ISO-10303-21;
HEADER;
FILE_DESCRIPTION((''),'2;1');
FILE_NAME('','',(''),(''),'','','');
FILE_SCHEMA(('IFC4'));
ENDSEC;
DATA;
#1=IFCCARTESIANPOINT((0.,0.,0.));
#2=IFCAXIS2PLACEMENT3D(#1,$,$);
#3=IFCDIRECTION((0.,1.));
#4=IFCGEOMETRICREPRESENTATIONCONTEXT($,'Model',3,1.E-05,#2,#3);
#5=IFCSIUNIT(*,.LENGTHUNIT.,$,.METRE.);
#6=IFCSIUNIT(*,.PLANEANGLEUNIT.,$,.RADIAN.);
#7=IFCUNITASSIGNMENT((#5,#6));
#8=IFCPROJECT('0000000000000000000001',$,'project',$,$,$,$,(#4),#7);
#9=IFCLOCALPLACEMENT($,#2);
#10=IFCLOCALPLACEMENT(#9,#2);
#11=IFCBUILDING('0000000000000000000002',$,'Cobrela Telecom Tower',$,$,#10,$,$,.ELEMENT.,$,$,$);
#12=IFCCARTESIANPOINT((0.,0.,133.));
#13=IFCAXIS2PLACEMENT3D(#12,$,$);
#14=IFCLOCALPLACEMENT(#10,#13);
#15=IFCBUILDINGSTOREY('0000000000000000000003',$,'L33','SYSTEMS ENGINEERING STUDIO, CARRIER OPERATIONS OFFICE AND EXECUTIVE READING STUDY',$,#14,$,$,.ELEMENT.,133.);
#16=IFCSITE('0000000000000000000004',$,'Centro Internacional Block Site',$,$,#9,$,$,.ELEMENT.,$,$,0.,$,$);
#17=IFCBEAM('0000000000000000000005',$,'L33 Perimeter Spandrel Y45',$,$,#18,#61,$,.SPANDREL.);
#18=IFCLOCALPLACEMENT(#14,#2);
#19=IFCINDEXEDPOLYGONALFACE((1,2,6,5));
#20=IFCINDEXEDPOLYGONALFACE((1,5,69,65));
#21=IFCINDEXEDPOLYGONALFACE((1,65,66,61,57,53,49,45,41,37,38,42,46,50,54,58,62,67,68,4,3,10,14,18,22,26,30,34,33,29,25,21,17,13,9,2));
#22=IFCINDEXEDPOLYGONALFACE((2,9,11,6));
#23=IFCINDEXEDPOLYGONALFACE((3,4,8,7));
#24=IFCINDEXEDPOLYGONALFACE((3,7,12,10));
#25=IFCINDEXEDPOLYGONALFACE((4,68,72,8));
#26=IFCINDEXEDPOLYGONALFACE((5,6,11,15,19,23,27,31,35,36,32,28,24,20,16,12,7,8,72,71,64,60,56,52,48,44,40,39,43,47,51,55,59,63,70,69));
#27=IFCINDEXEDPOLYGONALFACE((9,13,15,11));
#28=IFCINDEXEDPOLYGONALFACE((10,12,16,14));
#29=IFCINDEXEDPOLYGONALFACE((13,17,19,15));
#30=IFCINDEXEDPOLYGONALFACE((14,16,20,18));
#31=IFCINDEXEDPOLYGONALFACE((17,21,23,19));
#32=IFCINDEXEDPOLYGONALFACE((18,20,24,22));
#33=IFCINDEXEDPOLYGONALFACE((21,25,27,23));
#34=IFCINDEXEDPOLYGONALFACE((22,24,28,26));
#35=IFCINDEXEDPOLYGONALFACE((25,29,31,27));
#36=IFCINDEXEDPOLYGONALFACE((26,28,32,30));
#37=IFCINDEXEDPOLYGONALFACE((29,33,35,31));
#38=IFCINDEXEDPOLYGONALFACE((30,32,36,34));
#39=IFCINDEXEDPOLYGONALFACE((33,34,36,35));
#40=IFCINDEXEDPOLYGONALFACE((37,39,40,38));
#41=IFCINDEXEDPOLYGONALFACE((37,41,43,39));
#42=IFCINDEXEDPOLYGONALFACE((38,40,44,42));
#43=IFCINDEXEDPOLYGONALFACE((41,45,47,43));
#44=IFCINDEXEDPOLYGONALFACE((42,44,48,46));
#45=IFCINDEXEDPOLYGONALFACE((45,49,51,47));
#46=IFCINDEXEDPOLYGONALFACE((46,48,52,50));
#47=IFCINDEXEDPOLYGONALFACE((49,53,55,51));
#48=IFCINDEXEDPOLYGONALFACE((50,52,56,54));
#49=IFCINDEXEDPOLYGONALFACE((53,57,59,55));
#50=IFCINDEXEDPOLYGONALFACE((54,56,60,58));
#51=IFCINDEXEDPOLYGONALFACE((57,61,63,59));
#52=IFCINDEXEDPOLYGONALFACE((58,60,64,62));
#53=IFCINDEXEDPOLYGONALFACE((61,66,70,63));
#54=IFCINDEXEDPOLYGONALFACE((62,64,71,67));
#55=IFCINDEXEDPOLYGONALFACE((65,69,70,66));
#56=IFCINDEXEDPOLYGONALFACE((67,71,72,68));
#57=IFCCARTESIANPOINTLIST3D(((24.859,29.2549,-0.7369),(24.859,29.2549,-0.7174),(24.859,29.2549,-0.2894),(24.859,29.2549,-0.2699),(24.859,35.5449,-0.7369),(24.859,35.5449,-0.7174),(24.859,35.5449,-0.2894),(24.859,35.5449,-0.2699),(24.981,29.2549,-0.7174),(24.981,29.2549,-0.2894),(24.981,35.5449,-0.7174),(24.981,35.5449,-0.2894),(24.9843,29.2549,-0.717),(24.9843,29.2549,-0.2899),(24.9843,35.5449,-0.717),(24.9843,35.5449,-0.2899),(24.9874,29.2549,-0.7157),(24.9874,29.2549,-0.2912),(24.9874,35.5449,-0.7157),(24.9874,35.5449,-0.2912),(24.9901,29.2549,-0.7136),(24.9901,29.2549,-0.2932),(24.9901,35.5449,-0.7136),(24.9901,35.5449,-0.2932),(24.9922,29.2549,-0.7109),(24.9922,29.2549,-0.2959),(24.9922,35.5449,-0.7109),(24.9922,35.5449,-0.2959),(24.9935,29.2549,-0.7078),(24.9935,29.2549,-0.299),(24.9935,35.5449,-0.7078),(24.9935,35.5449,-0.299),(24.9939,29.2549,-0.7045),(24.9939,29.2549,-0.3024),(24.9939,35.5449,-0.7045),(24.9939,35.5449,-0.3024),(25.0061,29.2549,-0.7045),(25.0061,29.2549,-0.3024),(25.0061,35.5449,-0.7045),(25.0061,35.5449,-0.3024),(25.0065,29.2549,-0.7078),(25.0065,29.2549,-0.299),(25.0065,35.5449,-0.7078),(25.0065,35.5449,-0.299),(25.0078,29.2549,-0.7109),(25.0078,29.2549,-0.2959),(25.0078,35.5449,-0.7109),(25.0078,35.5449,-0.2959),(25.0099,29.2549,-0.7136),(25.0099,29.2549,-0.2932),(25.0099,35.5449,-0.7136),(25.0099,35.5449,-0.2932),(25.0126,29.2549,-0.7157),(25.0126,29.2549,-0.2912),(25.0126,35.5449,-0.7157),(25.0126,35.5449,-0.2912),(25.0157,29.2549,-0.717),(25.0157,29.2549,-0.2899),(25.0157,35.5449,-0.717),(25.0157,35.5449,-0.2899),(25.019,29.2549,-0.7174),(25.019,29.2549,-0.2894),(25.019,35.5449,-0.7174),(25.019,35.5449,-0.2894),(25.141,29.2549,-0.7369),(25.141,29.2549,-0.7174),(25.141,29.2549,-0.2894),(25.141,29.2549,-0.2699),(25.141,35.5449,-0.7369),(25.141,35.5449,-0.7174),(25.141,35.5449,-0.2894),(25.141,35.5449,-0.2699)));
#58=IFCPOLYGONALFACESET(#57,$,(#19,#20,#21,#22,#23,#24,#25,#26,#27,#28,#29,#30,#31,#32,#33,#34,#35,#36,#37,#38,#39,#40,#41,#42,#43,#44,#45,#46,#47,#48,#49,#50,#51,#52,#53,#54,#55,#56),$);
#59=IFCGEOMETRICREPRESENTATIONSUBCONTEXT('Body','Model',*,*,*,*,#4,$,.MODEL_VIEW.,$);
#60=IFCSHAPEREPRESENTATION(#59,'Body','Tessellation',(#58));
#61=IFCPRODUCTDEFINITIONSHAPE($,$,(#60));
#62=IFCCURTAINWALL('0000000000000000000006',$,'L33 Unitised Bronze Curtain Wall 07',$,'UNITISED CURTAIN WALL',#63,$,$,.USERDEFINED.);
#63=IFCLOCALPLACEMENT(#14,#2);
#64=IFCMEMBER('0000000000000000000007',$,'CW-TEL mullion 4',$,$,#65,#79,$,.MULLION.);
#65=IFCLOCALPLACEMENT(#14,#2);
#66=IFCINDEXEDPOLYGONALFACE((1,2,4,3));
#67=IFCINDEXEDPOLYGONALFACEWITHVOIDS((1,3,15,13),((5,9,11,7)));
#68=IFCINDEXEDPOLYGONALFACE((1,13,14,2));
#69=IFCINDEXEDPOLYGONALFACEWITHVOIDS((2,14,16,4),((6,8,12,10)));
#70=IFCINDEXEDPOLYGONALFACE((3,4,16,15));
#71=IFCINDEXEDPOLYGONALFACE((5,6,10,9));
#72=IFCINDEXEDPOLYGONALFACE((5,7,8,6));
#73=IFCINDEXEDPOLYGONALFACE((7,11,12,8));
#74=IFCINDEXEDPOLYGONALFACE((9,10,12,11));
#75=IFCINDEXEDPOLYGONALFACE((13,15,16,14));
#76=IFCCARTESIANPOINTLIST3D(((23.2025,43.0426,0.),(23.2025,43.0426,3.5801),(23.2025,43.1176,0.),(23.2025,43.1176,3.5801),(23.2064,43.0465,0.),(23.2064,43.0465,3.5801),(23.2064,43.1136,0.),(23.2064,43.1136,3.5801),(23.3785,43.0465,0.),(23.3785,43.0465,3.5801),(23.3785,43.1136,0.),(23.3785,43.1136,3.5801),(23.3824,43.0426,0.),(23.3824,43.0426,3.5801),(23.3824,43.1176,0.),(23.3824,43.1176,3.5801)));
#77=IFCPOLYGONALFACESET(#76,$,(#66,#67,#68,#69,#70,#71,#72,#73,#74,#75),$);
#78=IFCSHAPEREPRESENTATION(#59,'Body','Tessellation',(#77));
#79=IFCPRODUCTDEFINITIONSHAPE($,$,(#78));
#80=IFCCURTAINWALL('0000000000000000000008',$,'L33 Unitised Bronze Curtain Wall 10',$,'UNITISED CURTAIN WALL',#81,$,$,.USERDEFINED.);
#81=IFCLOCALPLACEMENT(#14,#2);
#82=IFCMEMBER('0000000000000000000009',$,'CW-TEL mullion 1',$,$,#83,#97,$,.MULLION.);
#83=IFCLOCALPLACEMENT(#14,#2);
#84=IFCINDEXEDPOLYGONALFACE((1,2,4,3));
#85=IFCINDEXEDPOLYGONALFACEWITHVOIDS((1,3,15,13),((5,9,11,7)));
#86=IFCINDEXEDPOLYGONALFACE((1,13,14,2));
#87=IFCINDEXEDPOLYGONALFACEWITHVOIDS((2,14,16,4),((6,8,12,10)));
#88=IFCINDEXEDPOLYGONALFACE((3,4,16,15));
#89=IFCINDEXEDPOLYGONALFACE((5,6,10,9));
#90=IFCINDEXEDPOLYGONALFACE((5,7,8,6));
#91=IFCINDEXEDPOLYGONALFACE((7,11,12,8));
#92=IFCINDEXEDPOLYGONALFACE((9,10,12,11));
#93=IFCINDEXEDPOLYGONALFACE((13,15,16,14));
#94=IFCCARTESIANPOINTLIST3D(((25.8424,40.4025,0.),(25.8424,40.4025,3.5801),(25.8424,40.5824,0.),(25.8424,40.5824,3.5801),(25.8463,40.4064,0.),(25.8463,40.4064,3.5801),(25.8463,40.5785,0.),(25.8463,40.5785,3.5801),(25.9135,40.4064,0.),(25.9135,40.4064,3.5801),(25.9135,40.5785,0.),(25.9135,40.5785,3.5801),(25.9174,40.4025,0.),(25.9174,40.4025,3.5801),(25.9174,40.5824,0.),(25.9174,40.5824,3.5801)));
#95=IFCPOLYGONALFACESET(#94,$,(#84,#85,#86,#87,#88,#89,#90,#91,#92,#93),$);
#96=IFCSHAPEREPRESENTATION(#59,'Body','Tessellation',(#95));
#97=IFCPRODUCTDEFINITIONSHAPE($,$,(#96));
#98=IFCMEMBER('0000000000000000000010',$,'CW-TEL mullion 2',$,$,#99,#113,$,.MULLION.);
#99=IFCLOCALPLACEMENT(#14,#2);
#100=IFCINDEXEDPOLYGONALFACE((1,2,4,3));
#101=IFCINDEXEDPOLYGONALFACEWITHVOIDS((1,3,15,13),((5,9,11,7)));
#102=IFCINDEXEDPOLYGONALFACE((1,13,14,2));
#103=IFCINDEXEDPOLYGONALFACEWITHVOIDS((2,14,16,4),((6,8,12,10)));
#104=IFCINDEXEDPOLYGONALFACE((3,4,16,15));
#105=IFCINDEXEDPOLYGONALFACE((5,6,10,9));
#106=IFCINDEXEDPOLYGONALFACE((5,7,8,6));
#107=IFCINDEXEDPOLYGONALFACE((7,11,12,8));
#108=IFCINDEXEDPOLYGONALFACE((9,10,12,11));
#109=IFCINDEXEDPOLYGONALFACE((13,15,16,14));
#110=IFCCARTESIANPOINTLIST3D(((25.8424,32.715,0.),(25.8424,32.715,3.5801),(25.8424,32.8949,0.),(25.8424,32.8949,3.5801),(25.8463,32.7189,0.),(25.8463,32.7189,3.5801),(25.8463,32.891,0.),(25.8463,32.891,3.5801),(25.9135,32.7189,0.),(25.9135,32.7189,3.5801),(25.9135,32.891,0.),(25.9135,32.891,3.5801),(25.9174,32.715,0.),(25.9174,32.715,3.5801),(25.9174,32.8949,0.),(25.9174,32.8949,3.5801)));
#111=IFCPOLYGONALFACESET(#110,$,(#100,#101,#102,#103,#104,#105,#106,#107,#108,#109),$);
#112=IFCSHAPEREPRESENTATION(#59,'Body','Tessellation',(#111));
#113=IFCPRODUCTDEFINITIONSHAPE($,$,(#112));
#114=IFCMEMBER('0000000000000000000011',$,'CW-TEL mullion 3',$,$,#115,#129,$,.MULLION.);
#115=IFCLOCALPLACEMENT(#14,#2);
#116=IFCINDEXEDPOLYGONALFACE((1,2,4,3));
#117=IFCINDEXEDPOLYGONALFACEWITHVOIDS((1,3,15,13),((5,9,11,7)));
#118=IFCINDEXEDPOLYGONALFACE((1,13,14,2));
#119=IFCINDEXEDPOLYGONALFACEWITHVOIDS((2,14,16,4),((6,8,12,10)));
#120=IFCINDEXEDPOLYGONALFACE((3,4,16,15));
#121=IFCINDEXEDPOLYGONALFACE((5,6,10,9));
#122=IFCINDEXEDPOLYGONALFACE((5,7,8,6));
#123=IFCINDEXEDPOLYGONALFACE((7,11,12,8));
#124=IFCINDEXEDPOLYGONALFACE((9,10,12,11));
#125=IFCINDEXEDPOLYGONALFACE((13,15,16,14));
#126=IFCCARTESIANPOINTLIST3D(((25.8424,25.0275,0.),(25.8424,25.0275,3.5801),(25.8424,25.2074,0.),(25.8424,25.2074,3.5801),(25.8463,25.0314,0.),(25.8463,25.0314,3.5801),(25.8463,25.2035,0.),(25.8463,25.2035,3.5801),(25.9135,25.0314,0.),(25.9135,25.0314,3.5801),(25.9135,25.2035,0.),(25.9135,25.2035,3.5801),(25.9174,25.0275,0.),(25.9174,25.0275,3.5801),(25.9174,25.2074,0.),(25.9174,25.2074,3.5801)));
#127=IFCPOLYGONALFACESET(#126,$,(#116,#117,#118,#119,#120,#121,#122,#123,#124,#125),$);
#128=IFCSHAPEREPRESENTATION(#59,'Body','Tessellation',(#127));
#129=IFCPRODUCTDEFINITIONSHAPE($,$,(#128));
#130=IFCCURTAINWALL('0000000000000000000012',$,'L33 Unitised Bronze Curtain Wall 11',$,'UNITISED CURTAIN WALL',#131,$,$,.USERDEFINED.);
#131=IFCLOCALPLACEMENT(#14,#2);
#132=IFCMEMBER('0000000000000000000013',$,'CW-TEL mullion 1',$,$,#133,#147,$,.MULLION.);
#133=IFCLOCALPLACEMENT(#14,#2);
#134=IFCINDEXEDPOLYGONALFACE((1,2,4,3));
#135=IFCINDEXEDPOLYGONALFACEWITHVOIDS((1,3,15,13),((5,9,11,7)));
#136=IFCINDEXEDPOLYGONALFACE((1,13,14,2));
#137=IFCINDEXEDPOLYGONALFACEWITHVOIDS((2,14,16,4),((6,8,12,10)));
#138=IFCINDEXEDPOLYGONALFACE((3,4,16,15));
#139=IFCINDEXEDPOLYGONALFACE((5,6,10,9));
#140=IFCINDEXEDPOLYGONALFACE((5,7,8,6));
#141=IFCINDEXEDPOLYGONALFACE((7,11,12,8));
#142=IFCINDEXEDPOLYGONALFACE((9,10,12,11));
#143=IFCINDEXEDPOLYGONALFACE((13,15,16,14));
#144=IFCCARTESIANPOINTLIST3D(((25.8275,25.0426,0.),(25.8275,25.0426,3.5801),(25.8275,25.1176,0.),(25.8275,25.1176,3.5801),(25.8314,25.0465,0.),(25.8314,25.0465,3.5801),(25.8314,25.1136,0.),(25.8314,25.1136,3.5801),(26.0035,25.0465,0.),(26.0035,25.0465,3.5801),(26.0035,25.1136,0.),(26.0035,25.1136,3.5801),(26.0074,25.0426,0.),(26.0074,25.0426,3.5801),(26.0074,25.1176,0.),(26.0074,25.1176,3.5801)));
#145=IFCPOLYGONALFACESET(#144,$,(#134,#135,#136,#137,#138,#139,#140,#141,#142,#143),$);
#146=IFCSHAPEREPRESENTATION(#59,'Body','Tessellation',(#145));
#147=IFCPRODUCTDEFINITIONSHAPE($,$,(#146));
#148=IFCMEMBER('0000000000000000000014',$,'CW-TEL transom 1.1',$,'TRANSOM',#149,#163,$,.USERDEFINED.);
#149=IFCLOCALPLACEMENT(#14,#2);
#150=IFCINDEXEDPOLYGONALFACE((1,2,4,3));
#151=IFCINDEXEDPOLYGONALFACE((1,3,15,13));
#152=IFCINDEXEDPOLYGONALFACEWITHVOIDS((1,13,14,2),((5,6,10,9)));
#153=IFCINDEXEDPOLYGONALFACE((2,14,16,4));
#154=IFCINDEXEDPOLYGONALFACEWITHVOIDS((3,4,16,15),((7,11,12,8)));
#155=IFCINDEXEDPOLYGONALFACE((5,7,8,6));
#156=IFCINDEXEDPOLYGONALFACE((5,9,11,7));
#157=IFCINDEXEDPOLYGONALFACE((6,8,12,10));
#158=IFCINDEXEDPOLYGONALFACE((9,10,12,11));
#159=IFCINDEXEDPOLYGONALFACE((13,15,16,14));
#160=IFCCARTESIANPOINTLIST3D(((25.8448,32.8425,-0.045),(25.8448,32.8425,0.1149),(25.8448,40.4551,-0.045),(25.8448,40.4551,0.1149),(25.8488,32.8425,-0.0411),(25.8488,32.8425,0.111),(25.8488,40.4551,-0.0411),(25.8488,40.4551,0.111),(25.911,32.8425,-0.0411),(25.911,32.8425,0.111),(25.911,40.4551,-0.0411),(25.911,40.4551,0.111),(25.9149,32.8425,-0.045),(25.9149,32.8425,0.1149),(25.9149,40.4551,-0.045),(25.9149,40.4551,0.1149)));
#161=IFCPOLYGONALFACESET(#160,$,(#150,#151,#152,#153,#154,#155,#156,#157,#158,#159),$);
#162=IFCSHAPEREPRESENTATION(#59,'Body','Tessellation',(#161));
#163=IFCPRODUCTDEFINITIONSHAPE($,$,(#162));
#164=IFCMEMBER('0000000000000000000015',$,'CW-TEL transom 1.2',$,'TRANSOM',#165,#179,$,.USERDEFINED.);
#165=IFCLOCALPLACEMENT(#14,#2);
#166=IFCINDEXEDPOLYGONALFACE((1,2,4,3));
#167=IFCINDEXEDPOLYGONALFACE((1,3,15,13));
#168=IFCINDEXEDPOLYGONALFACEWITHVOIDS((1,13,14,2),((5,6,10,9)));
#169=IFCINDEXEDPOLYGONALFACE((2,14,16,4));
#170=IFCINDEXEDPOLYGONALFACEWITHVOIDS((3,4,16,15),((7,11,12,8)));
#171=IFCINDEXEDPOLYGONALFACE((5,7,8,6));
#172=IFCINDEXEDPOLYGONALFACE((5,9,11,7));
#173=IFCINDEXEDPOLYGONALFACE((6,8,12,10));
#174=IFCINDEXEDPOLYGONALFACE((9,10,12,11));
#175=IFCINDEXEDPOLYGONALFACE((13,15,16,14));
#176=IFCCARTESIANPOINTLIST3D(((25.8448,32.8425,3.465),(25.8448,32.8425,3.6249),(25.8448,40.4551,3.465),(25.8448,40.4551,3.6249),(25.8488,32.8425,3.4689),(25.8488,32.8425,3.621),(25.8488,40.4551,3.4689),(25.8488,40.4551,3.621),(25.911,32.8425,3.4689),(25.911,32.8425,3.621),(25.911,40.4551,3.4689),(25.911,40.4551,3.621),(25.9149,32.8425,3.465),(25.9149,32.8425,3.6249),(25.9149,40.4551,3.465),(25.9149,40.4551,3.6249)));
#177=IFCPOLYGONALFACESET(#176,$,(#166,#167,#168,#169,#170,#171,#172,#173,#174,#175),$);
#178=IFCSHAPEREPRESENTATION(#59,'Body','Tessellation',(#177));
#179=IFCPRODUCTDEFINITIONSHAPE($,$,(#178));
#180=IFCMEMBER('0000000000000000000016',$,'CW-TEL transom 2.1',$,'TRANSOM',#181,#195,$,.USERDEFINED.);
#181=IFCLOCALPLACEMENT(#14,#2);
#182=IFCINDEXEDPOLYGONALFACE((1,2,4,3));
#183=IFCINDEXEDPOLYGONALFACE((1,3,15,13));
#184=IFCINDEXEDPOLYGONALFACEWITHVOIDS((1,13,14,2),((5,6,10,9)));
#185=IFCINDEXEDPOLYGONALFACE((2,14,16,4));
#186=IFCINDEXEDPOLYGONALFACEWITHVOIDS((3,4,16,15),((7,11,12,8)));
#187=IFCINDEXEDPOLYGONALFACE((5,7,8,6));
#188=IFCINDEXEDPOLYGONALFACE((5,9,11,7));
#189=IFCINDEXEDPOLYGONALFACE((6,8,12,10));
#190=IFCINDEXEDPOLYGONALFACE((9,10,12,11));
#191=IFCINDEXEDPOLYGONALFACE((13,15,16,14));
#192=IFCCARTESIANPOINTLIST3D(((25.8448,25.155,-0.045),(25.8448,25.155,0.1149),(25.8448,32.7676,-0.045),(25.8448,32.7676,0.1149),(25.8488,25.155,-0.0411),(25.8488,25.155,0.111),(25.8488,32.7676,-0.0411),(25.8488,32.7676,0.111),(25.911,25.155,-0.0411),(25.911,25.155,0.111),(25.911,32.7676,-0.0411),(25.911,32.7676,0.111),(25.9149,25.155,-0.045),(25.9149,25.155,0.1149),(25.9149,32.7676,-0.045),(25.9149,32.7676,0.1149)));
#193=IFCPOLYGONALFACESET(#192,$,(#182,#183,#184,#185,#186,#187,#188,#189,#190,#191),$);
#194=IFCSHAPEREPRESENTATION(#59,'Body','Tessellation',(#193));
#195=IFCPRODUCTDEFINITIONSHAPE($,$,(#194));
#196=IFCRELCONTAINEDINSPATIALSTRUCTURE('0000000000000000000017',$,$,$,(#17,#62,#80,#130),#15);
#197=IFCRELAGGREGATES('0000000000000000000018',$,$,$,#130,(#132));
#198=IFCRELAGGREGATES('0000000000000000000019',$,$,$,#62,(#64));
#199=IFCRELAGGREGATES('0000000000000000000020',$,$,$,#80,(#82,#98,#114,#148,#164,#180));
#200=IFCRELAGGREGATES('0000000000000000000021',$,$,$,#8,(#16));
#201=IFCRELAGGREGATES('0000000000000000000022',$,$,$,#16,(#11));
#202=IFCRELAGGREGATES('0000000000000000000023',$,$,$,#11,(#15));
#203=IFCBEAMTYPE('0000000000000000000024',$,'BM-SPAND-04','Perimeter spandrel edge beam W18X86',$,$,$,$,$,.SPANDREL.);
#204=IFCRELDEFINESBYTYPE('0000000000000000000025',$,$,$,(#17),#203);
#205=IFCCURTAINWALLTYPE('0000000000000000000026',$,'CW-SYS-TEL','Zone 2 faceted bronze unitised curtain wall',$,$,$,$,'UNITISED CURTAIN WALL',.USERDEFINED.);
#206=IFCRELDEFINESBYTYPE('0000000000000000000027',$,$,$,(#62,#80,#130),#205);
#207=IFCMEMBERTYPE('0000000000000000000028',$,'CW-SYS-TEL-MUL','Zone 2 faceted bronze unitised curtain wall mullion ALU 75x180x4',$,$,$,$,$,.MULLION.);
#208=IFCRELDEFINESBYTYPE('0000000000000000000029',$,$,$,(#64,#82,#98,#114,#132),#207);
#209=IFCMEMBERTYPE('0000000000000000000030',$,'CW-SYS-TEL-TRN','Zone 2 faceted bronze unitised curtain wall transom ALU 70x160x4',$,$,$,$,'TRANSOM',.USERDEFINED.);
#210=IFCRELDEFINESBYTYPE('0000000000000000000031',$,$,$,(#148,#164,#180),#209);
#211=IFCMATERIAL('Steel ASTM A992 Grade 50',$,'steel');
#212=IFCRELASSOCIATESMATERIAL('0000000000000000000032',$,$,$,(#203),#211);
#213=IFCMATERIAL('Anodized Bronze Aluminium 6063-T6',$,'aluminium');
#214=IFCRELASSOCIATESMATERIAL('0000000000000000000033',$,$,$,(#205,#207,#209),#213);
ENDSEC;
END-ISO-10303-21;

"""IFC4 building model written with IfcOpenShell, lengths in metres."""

from ifc_helpers import new_model, si_unit, direction, frame, origin, origin_2d, place, context, subcontext, project, spatial, hollow_rectangle, i_section, extrude, material, material_profile, profile_set, type_object, element, aggregate, save


model = new_model("IFC4")

# Units and contexts
model_context = context("Model", 3, precision=1e-05, world=origin(), true_north=direction((0.0, 1.0)))
body_context = subcontext(model_context, "Body", "Model", "MODEL_VIEW")
ifc_project = project(units=[si_unit("LENGTHUNIT", "METRE"), si_unit("PLANEANGLEUNIT", "RADIAN")], contexts=[model_context])

# Site, building, storey
site_placement = place(None, origin())
site = spatial("IfcSite", under=ifc_project, at=site_placement, Name="Centro Internacional Block Site", CompositionType="ELEMENT", RefElevation=0.0)
building_placement = place(site_placement, origin())
building = spatial("IfcBuilding", under=site, at=building_placement, Name="Cobrela Telecom Tower", CompositionType="ELEMENT")
storey_placement = place(building_placement, frame((0.0, 0.0, 133.0)))
storey = spatial("IfcBuildingStorey", under=building, at=storey_placement, Name="L33", Description="SYSTEMS ENGINEERING STUDIO, CARRIER OPERATIONS OFFICE AND EXECUTIVE READING STUDY", CompositionType="ELEMENT", Elevation=133.0)

# Shared definitions
ifc_material_1 = material(Name="Steel ASTM A992 Grade 50", Category="steel")

# Beam
ifc_material_profile_1 = material_profile(ifc_material_1, i_section(OverallWidth=0.282, OverallDepth=0.467, WebThickness=0.0122, FlangeThickness=0.0195, FilletRadius=0.0129, at=origin_2d()), Name="W18X86")
ifc_profile_set_1 = profile_set([ifc_material_profile_1], Name="Steel ASTM A992 Grade 50")
beam_type_1 = type_object("IfcBeamType", Name="BM-SPAND-04", Description="Perimeter spandrel edge beam W18X86", PredefinedType="SPANDREL", material=ifc_profile_set_1)
beam_1_placement = place(storey_placement, frame((25.0, 29.2549, -0.5034), z_axis=(0.0, 1.0, 0.0), x_axis=(-1.0, 0.0, 0.0)))
element("IfcBeam", 1, at=beam_1_placement, inside=storey, type_object=beam_type_1, Name="L33 Perimeter Spandrel Y45", PredefinedType="SPANDREL", context=body_context, shape_type="SweptSolid", body=[
    extrude(i_section(OverallWidth=0.282, OverallDepth=0.467, WebThickness=0.0122, FlangeThickness=0.0195, FilletRadius=0.0129, at=origin_2d()), origin(), (0.0, 0.0, 1.0), 6.29),
])

# Curtain wall, member
ifc_material_2 = material(Name="Anodized Bronze Aluminium 6063-T6", Category="aluminium")
curtain_wall_type = type_object("IfcCurtainWallType", Name="CW-SYS-TEL", Description="Zone 2 faceted bronze unitised curtain wall", ElementType="UNITISED CURTAIN WALL", PredefinedType="USERDEFINED", material=ifc_material_2)
curtain_wall_1_placement = place(storey_placement, origin())
curtain_wall_1 = element("IfcCurtainWall", 2, at=curtain_wall_1_placement, inside=storey, type_object=curtain_wall_type, Name="L33 Unitised Bronze Curtain Wall 07", ObjectType="UNITISED CURTAIN WALL", PredefinedType="USERDEFINED")
ifc_material_profile_2 = material_profile(ifc_material_2, hollow_rectangle(XDim=0.075, YDim=0.1799, WallThickness=0.0039, at=origin_2d()), Name="ALU 75x180x4")
ifc_profile_set_2 = profile_set([ifc_material_profile_2], Name="Anodized Bronze Aluminium 6063-T6")
member_type_1 = type_object("IfcMemberType", Name="CW-SYS-TEL-MUL", Description="Zone 2 faceted bronze unitised curtain wall mullion ALU 75x180x4", PredefinedType="MULLION", material=ifc_profile_set_2)
member_1_placement = place(storey_placement, frame((23.2925, 43.0801, 0.0), z_axis=(0.0, 0.0, 1.0), x_axis=(0.0, 1.0, 0.0)))
member_1 = element("IfcMember", 3, at=member_1_placement, type_object=member_type_1, Name="CW-TEL mullion 4", PredefinedType="MULLION", context=body_context, shape_type="SweptSolid", body=[
    extrude(hollow_rectangle(XDim=0.075, YDim=0.1799, WallThickness=0.0039, at=origin_2d()), origin(), (0.0, 0.0, 1.0), 3.5801),
])

# Curtain wall, members
curtain_wall_2_placement = place(storey_placement, origin())
curtain_wall_2 = element("IfcCurtainWall", 4, at=curtain_wall_2_placement, inside=storey, type_object=curtain_wall_type, Name="L33 Unitised Bronze Curtain Wall 10", ObjectType="UNITISED CURTAIN WALL", PredefinedType="USERDEFINED")
member_2_placement = place(storey_placement, frame((25.8799, 40.4924, 0.0), z_axis=(0.0, 0.0, 1.0), x_axis=(1.0, 0.0, 0.0)))
member_2 = element("IfcMember", 5, at=member_2_placement, type_object=member_type_1, Name="CW-TEL mullion 1", PredefinedType="MULLION", context=body_context, shape_type="SweptSolid", body=[
    extrude(hollow_rectangle(XDim=0.075, YDim=0.1799, WallThickness=0.0039, at=origin_2d()), origin(), (0.0, 0.0, 1.0), 3.5801),
])
member_3_placement = place(storey_placement, frame((25.8799, 32.8049, 0.0), z_axis=(0.0, 0.0, 1.0), x_axis=(1.0, 0.0, 0.0)))
member_3 = element("IfcMember", 6, at=member_3_placement, type_object=member_type_1, Name="CW-TEL mullion 2", PredefinedType="MULLION", context=body_context, shape_type="SweptSolid", body=[
    extrude(hollow_rectangle(XDim=0.075, YDim=0.1799, WallThickness=0.0039, at=origin_2d()), origin(), (0.0, 0.0, 1.0), 3.5801),
])
member_4_placement = place(storey_placement, frame((25.8799, 25.1174, 0.0), z_axis=(0.0, 0.0, 1.0), x_axis=(1.0, 0.0, 0.0)))
member_4 = element("IfcMember", 7, at=member_4_placement, type_object=member_type_1, Name="CW-TEL mullion 3", PredefinedType="MULLION", context=body_context, shape_type="SweptSolid", body=[
    extrude(hollow_rectangle(XDim=0.075, YDim=0.1799, WallThickness=0.0039, at=origin_2d()), origin(), (0.0, 0.0, 1.0), 3.5801),
])

# Curtain wall, member
curtain_wall_3_placement = place(storey_placement, origin())
curtain_wall_3 = element("IfcCurtainWall", 8, at=curtain_wall_3_placement, inside=storey, type_object=curtain_wall_type, Name="L33 Unitised Bronze Curtain Wall 11", ObjectType="UNITISED CURTAIN WALL", PredefinedType="USERDEFINED")
member_5_placement = place(storey_placement, frame((25.9175, 25.0801, 0.0), z_axis=(0.0, 0.0, 1.0), x_axis=(0.0, 1.0, 0.0)))
member_5 = element("IfcMember", 9, at=member_5_placement, type_object=member_type_1, Name="CW-TEL mullion 1", PredefinedType="MULLION", context=body_context, shape_type="SweptSolid", body=[
    extrude(hollow_rectangle(XDim=0.075, YDim=0.1799, WallThickness=0.0039, at=origin_2d()), origin(), (0.0, 0.0, 1.0), 3.5801),
])
aggregate(curtain_wall_3, [member_5])

# Members
ifc_material_profile_3 = material_profile(ifc_material_2, hollow_rectangle(XDim=0.0701, YDim=0.1599, WallThickness=0.0039, at=origin_2d()), Name="ALU 70x160x4")
ifc_profile_set_3 = profile_set([ifc_material_profile_3], Name="Anodized Bronze Aluminium 6063-T6")
member_type_2 = type_object("IfcMemberType", Name="CW-SYS-TEL-TRN", Description="Zone 2 faceted bronze unitised curtain wall transom ALU 70x160x4", ElementType="TRANSOM", PredefinedType="USERDEFINED", material=ifc_profile_set_3)
member_6_placement = place(storey_placement, frame((25.8799, 40.4551, 0.0349), z_axis=(0.0, -1.0, 0.0), x_axis=(1.0, 0.0, 0.0)))
member_6 = element("IfcMember", 10, at=member_6_placement, type_object=member_type_2, Name="CW-TEL transom 1.1", ObjectType="TRANSOM", PredefinedType="USERDEFINED", context=body_context, shape_type="SweptSolid", body=[
    extrude(hollow_rectangle(XDim=0.0701, YDim=0.1599, WallThickness=0.0039, at=origin_2d()), origin(), (0.0, 0.0, 1.0), 7.6125),
])
member_7_placement = place(storey_placement, frame((25.8799, 40.4551, 3.5449), z_axis=(0.0, -1.0, 0.0), x_axis=(1.0, 0.0, 0.0)))
member_7 = element("IfcMember", 11, at=member_7_placement, type_object=member_type_2, Name="CW-TEL transom 1.2", ObjectType="TRANSOM", PredefinedType="USERDEFINED", context=body_context, shape_type="SweptSolid", body=[
    extrude(hollow_rectangle(XDim=0.0701, YDim=0.1599, WallThickness=0.0039, at=origin_2d()), origin(), (0.0, 0.0, 1.0), 7.6125),
])
member_8_placement = place(storey_placement, frame((25.8799, 32.7676, 0.0349), z_axis=(0.0, -1.0, 0.0), x_axis=(1.0, 0.0, 0.0)))
member_8 = element("IfcMember", 12, at=member_8_placement, type_object=member_type_2, Name="CW-TEL transom 2.1", ObjectType="TRANSOM", PredefinedType="USERDEFINED", context=body_context, shape_type="SweptSolid", body=[
    extrude(hollow_rectangle(XDim=0.0701, YDim=0.1599, WallThickness=0.0039, at=origin_2d()), origin(), (0.0, 0.0, 1.0), 7.6125),
])

aggregate(curtain_wall_1, [member_1])
aggregate(curtain_wall_2, [member_2, member_3, member_4, member_6, member_7, member_8])

save(model, "model.ifc")
